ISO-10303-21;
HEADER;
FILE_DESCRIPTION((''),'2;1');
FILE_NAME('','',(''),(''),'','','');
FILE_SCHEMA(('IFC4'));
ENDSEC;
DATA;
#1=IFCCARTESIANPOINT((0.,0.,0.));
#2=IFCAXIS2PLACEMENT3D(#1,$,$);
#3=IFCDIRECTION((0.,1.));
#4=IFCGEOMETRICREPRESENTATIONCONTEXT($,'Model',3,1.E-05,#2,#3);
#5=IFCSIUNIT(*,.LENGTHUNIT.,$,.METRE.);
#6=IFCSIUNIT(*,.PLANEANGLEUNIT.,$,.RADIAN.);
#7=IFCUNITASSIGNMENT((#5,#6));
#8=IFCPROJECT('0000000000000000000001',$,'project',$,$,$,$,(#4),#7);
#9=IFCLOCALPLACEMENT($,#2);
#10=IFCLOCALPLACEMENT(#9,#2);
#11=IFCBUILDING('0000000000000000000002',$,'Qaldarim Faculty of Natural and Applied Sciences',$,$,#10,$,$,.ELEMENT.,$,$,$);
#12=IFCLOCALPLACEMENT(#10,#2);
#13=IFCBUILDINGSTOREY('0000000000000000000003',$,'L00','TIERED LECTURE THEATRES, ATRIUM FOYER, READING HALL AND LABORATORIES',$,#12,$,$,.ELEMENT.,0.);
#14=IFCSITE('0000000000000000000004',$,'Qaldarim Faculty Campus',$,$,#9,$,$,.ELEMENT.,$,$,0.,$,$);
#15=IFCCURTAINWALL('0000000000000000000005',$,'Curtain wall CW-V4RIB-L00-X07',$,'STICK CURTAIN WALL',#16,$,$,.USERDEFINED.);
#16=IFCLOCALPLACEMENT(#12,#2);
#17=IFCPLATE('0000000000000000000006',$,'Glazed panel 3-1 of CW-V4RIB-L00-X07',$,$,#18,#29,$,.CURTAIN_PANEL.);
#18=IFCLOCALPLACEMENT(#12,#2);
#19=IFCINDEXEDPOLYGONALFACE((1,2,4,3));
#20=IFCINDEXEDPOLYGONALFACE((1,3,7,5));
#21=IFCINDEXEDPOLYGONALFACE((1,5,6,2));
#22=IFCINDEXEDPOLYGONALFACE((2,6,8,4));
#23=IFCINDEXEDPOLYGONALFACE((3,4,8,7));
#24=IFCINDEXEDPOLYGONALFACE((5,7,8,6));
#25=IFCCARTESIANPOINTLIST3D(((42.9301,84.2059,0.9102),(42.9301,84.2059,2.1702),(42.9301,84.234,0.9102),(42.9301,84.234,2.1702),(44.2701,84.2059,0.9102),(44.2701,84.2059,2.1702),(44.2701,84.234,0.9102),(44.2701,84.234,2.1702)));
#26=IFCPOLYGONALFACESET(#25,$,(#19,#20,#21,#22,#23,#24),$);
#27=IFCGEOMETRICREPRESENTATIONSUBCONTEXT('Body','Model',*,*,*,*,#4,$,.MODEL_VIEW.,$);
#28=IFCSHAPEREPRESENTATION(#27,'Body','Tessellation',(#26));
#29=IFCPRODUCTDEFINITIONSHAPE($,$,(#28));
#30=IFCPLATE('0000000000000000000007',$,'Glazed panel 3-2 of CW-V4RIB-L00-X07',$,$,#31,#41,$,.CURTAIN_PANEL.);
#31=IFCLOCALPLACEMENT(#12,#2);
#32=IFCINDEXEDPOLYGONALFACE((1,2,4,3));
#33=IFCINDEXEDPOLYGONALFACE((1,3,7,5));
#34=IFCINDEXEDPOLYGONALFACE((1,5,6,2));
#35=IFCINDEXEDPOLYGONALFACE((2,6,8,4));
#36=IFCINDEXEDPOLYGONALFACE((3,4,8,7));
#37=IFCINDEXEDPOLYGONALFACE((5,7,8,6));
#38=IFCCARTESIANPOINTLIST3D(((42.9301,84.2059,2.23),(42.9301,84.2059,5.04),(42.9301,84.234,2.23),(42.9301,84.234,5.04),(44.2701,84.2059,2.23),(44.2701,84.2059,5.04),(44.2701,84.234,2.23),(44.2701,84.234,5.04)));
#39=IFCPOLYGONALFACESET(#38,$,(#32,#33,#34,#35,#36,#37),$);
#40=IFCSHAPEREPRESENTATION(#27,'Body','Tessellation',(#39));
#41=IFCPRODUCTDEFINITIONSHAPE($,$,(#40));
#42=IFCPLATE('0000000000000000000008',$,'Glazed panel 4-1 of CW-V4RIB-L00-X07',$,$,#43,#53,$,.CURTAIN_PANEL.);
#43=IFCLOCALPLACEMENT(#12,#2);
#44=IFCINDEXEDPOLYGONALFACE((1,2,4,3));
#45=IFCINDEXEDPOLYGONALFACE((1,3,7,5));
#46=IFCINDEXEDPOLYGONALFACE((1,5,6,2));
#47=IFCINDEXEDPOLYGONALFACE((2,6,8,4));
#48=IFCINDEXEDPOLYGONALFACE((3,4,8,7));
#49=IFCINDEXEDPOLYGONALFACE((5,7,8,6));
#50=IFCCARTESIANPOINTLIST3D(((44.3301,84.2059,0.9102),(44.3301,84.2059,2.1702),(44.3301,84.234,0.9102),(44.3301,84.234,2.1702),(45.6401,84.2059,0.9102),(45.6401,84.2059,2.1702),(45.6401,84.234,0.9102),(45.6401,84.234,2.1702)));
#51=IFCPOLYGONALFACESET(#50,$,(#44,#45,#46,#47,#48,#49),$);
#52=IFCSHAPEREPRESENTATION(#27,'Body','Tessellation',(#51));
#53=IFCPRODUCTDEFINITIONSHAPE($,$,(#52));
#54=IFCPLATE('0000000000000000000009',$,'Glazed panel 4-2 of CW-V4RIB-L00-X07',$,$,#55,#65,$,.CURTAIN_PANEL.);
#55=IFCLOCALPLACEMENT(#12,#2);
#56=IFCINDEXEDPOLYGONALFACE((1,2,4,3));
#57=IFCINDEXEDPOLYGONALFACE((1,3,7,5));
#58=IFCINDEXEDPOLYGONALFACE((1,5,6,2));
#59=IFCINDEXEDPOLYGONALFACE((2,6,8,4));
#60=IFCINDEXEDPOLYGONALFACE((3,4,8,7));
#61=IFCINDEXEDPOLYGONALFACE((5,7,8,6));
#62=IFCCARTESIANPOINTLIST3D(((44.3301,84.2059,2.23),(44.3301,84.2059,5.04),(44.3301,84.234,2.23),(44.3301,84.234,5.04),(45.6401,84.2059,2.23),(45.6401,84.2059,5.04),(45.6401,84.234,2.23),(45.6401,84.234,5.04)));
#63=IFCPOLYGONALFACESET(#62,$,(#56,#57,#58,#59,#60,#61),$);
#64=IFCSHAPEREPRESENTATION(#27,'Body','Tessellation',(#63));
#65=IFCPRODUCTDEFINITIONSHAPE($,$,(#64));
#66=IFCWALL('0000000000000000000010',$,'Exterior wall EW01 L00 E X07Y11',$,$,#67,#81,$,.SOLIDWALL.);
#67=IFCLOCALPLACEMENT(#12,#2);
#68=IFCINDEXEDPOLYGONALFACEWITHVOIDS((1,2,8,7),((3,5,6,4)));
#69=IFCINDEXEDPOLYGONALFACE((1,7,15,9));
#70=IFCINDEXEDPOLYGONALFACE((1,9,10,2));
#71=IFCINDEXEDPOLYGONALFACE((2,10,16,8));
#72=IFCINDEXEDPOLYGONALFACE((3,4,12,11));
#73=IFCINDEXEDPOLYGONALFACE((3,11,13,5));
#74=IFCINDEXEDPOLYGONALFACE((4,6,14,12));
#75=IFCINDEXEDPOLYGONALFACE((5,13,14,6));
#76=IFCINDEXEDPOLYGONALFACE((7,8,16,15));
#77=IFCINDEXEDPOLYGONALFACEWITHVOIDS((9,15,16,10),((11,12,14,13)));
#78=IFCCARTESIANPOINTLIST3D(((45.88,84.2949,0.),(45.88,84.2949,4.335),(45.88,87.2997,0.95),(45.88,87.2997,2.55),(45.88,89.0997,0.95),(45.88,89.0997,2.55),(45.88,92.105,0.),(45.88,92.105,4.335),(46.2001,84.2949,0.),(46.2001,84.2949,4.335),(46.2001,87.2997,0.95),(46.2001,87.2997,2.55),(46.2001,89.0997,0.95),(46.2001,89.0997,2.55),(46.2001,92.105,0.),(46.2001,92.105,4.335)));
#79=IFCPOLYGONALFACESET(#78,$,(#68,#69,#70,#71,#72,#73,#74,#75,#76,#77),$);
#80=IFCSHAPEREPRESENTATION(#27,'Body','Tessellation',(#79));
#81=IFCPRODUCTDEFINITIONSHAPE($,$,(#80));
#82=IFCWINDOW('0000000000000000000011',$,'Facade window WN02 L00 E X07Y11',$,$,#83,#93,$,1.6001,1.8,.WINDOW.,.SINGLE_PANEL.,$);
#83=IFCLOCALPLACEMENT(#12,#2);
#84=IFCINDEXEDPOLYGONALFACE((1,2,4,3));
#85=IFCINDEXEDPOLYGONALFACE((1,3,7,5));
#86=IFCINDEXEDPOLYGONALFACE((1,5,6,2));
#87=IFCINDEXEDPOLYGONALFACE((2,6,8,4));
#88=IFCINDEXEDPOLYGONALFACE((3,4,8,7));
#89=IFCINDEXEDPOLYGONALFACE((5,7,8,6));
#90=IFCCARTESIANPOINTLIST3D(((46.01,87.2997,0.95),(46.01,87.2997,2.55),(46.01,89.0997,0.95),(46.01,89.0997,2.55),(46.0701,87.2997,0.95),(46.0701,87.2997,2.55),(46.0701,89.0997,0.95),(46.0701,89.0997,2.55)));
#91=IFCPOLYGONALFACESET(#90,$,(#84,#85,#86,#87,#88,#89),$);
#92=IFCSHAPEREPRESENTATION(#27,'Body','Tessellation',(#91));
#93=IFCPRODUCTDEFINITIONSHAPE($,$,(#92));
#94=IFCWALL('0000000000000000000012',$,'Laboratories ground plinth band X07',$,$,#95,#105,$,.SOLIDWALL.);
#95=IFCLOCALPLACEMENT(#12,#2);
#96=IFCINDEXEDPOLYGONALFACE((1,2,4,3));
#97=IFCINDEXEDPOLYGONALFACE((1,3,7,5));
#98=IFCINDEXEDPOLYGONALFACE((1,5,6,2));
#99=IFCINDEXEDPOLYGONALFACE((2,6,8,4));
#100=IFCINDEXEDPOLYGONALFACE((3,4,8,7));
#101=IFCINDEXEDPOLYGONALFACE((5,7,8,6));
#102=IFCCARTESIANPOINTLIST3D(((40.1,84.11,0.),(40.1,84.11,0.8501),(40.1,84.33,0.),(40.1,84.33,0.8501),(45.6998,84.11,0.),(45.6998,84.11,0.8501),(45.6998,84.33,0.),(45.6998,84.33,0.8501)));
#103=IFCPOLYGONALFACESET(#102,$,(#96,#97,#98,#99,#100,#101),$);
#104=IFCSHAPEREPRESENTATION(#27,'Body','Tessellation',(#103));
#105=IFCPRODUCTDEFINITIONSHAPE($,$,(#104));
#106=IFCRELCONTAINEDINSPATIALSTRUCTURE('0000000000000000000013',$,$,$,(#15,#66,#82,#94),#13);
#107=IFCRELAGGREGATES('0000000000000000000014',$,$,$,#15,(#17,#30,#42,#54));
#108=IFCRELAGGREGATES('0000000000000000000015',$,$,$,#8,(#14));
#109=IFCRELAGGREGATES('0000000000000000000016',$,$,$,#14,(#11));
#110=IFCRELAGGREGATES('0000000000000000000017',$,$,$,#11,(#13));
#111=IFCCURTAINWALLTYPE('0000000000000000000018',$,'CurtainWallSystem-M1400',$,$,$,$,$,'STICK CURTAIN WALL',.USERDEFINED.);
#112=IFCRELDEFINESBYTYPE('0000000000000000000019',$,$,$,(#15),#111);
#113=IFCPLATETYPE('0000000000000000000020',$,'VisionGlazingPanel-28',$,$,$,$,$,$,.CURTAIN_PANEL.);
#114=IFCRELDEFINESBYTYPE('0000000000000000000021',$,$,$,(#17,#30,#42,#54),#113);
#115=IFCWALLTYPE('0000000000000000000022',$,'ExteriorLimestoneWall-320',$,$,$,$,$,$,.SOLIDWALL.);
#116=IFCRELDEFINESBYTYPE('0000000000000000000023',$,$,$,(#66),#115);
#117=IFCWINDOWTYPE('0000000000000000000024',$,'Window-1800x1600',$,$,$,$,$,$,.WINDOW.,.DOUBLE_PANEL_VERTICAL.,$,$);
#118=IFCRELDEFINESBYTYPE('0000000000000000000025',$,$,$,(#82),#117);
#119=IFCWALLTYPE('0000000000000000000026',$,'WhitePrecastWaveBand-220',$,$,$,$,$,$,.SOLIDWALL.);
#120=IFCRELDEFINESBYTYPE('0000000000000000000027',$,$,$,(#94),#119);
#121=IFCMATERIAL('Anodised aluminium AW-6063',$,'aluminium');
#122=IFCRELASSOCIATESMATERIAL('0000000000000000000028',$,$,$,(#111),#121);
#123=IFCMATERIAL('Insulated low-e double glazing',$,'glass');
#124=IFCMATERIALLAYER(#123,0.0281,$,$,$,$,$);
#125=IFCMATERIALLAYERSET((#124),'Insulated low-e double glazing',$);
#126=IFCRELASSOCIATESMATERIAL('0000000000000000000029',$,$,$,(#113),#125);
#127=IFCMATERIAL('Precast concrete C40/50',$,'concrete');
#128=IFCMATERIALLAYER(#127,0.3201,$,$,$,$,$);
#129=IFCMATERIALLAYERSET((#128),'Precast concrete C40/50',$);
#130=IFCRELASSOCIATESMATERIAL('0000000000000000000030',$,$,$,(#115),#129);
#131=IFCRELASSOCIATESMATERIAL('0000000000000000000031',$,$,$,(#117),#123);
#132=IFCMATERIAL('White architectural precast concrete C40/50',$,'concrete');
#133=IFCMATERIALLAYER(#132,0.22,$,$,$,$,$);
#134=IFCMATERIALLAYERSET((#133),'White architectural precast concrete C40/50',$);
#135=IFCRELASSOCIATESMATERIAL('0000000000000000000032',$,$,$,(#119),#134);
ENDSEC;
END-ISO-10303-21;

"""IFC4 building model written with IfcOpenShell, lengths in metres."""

from ifc_helpers import new_model, si_unit, direction, frame, frame_2d, origin, origin_2d, place, context, subcontext, project, spatial, rectangle, extrude, material, layer, layer_set, type_object, element, fill, aggregate, save


model = new_model("IFC4")

# Units and contexts
model_context = context("Model", 3, precision=1e-05, world=origin(), true_north=direction((0.0, 1.0)))
body_context = subcontext(model_context, "Body", "Model", "MODEL_VIEW")
ifc_project = project(units=[si_unit("LENGTHUNIT", "METRE"), si_unit("PLANEANGLEUNIT", "RADIAN")], contexts=[model_context])

# Site, building, storey
site_placement = place(None, origin())
site = spatial("IfcSite", under=ifc_project, at=site_placement, Name="Qaldarim Faculty Campus", CompositionType="ELEMENT", RefElevation=0.0)
building_placement = place(site_placement, origin())
building = spatial("IfcBuilding", under=site, at=building_placement, Name="Qaldarim Faculty of Natural and Applied Sciences", CompositionType="ELEMENT")
storey_placement = place(building_placement, origin())
storey = spatial("IfcBuildingStorey", under=building, at=storey_placement, Name="L00", Description="TIERED LECTURE THEATRES, ATRIUM FOYER, READING HALL AND LABORATORIES", CompositionType="ELEMENT", Elevation=0.0)

# Curtain wall
ifc_material_1 = material(Name="Anodised aluminium AW-6063", Category="aluminium")
curtain_wall_type = type_object("IfcCurtainWallType", Name="CurtainWallSystem-M1400", ElementType="STICK CURTAIN WALL", PredefinedType="USERDEFINED", material=ifc_material_1)
curtain_wall_placement = place(storey_placement, origin())
curtain_wall = element("IfcCurtainWall", 1, at=curtain_wall_placement, inside=storey, type_object=curtain_wall_type, Name="Curtain wall CW-V4RIB-L00-X07", ObjectType="STICK CURTAIN WALL", PredefinedType="USERDEFINED")

# Plates
ifc_material_2 = material(Name="Insulated low-e double glazing", Category="glass")
ifc_layer_1 = layer(ifc_material_2, 0.0281)
ifc_layer_set_1 = layer_set([ifc_layer_1], Name="Insulated low-e double glazing")
plate_type = type_object("IfcPlateType", Name="VisionGlazingPanel-28", PredefinedType="CURTAIN_PANEL", material=ifc_layer_set_1)
plate_1_placement = place(storey_placement, frame((43.6001, 84.22, 0.9102), z_axis=(0.0, 0.0, 1.0), x_axis=(1.0, 0.0, 0.0)))
plate_1 = element("IfcPlate", 2, at=plate_1_placement, type_object=plate_type, Name="Glazed panel 3-1 of CW-V4RIB-L00-X07", PredefinedType="CURTAIN_PANEL", context=body_context, shape_type="SweptSolid", body=[
    extrude(rectangle(XDim=1.3401, YDim=0.0281, at=origin_2d()), origin(), (0.0, 0.0, 1.0), 1.26),
])
plate_2_placement = place(storey_placement, frame((43.6001, 84.22, 2.23), z_axis=(0.0, 0.0, 1.0), x_axis=(1.0, 0.0, 0.0)))
plate_2 = element("IfcPlate", 3, at=plate_2_placement, type_object=plate_type, Name="Glazed panel 3-2 of CW-V4RIB-L00-X07", PredefinedType="CURTAIN_PANEL", context=body_context, shape_type="SweptSolid", body=[
    extrude(rectangle(XDim=1.3401, YDim=0.0281, at=origin_2d()), origin(), (0.0, 0.0, 1.0), 2.8101),
])
plate_3_placement = place(storey_placement, frame((44.9851, 84.22, 0.9102), z_axis=(0.0, 0.0, 1.0), x_axis=(1.0, 0.0, 0.0)))
plate_3 = element("IfcPlate", 4, at=plate_3_placement, type_object=plate_type, Name="Glazed panel 4-1 of CW-V4RIB-L00-X07", PredefinedType="CURTAIN_PANEL", context=body_context, shape_type="SweptSolid", body=[
    extrude(rectangle(XDim=1.3101, YDim=0.0281, at=origin_2d()), origin(), (0.0, 0.0, 1.0), 1.26),
])
plate_4_placement = place(storey_placement, frame((44.9851, 84.22, 2.23), z_axis=(0.0, 0.0, 1.0), x_axis=(1.0, 0.0, 0.0)))
plate_4 = element("IfcPlate", 5, at=plate_4_placement, type_object=plate_type, Name="Glazed panel 4-2 of CW-V4RIB-L00-X07", PredefinedType="CURTAIN_PANEL", context=body_context, shape_type="SweptSolid", body=[
    extrude(rectangle(XDim=1.3101, YDim=0.0281, at=origin_2d()), origin(), (0.0, 0.0, 1.0), 2.8101),
])
aggregate(curtain_wall, [plate_1, plate_2, plate_3, plate_4])

# Wall, opening, window
ifc_material_3 = material(Name="Precast concrete C40/50", Category="concrete")
ifc_layer_2 = layer(ifc_material_3, 0.3201)
ifc_layer_set_2 = layer_set([ifc_layer_2], Name="Precast concrete C40/50")
wall_type_1 = type_object("IfcWallType", Name="ExteriorLimestoneWall-320", PredefinedType="SOLIDWALL", material=ifc_layer_set_2)
wall_1_placement = place(storey_placement, frame((46.04, 84.2949, 0.0), z_axis=(0.0, 0.0, 1.0), x_axis=(0.0, 1.0, 0.0)))
wall_1 = element("IfcWall", 6, at=wall_1_placement, inside=storey, type_object=wall_type_1, Name="Exterior wall EW01 L00 E X07Y11", PredefinedType="SOLIDWALL", context=body_context, shape_type="SweptSolid", body=[
    extrude(rectangle(XDim=7.8101, YDim=0.3201, at=frame_2d((3.905, 0.0))), origin(), (0.0, 0.0, 1.0), 4.335),
])
opening_placement = place(wall_1_placement, frame((3.0049, 0.0, 0.95)))
opening = element("IfcOpeningElement", 7, at=opening_placement, cuts=wall_1, PredefinedType="OPENING", context=body_context, shape_type="SweptSolid", body=[
    extrude(rectangle(XDim=1.8, YDim=1.6001, at=frame_2d((0.8999, 0.8))), frame((0.0, 0.1699, 0.0), z_axis=(0.0, -1.0, 0.0), x_axis=(1.0, 0.0, 0.0)), (0.0, 0.0, 1.0), 0.3401),
])
window_type = type_object("IfcWindowType", Name="Window-1800x1600", PartitioningType="DOUBLE_PANEL_VERTICAL", PredefinedType="WINDOW", material=ifc_material_2)
window_placement = place(opening_placement, origin())
window = element("IfcWindow", 8, at=window_placement, inside=storey, type_object=window_type, Name="Facade window WN02 L00 E X07Y11", OverallHeight=1.6001, OverallWidth=1.8, PartitioningType="SINGLE_PANEL", PredefinedType="WINDOW", context=body_context, shape_type="SweptSolid", body=[
    extrude(rectangle(XDim=1.8, YDim=1.6001, at=frame_2d((0.8999, 0.8))), frame((0.0, 0.03, 0.0), z_axis=(0.0, -1.0, 0.0), x_axis=(1.0, 0.0, 0.0)), (0.0, 0.0, 1.0), 0.0601),
])
fill(opening, window)

# Wall
ifc_material_4 = material(Name="White architectural precast concrete C40/50", Category="concrete")
ifc_layer_3 = layer(ifc_material_4, 0.22)
ifc_layer_set_3 = layer_set([ifc_layer_3], Name="White architectural precast concrete C40/50")
wall_type_2 = type_object("IfcWallType", Name="WhitePrecastWaveBand-220", PredefinedType="SOLIDWALL", material=ifc_layer_set_3)
wall_2_placement = place(storey_placement, frame((40.1001, 84.22, 0.0), z_axis=(0.0, 0.0, 1.0), x_axis=(1.0, 0.0, 0.0)))
element("IfcWall", 9, at=wall_2_placement, inside=storey, type_object=wall_type_2, Name="Laboratories ground plinth band X07", PredefinedType="SOLIDWALL", context=body_context, shape_type="SweptSolid", body=[
    extrude(rectangle(XDim=5.5999, YDim=0.22, at=frame_2d((2.7998, 0.0))), origin(), (0.0, 0.0, 1.0), 0.8501),
])

save(model, "model.ifc")
